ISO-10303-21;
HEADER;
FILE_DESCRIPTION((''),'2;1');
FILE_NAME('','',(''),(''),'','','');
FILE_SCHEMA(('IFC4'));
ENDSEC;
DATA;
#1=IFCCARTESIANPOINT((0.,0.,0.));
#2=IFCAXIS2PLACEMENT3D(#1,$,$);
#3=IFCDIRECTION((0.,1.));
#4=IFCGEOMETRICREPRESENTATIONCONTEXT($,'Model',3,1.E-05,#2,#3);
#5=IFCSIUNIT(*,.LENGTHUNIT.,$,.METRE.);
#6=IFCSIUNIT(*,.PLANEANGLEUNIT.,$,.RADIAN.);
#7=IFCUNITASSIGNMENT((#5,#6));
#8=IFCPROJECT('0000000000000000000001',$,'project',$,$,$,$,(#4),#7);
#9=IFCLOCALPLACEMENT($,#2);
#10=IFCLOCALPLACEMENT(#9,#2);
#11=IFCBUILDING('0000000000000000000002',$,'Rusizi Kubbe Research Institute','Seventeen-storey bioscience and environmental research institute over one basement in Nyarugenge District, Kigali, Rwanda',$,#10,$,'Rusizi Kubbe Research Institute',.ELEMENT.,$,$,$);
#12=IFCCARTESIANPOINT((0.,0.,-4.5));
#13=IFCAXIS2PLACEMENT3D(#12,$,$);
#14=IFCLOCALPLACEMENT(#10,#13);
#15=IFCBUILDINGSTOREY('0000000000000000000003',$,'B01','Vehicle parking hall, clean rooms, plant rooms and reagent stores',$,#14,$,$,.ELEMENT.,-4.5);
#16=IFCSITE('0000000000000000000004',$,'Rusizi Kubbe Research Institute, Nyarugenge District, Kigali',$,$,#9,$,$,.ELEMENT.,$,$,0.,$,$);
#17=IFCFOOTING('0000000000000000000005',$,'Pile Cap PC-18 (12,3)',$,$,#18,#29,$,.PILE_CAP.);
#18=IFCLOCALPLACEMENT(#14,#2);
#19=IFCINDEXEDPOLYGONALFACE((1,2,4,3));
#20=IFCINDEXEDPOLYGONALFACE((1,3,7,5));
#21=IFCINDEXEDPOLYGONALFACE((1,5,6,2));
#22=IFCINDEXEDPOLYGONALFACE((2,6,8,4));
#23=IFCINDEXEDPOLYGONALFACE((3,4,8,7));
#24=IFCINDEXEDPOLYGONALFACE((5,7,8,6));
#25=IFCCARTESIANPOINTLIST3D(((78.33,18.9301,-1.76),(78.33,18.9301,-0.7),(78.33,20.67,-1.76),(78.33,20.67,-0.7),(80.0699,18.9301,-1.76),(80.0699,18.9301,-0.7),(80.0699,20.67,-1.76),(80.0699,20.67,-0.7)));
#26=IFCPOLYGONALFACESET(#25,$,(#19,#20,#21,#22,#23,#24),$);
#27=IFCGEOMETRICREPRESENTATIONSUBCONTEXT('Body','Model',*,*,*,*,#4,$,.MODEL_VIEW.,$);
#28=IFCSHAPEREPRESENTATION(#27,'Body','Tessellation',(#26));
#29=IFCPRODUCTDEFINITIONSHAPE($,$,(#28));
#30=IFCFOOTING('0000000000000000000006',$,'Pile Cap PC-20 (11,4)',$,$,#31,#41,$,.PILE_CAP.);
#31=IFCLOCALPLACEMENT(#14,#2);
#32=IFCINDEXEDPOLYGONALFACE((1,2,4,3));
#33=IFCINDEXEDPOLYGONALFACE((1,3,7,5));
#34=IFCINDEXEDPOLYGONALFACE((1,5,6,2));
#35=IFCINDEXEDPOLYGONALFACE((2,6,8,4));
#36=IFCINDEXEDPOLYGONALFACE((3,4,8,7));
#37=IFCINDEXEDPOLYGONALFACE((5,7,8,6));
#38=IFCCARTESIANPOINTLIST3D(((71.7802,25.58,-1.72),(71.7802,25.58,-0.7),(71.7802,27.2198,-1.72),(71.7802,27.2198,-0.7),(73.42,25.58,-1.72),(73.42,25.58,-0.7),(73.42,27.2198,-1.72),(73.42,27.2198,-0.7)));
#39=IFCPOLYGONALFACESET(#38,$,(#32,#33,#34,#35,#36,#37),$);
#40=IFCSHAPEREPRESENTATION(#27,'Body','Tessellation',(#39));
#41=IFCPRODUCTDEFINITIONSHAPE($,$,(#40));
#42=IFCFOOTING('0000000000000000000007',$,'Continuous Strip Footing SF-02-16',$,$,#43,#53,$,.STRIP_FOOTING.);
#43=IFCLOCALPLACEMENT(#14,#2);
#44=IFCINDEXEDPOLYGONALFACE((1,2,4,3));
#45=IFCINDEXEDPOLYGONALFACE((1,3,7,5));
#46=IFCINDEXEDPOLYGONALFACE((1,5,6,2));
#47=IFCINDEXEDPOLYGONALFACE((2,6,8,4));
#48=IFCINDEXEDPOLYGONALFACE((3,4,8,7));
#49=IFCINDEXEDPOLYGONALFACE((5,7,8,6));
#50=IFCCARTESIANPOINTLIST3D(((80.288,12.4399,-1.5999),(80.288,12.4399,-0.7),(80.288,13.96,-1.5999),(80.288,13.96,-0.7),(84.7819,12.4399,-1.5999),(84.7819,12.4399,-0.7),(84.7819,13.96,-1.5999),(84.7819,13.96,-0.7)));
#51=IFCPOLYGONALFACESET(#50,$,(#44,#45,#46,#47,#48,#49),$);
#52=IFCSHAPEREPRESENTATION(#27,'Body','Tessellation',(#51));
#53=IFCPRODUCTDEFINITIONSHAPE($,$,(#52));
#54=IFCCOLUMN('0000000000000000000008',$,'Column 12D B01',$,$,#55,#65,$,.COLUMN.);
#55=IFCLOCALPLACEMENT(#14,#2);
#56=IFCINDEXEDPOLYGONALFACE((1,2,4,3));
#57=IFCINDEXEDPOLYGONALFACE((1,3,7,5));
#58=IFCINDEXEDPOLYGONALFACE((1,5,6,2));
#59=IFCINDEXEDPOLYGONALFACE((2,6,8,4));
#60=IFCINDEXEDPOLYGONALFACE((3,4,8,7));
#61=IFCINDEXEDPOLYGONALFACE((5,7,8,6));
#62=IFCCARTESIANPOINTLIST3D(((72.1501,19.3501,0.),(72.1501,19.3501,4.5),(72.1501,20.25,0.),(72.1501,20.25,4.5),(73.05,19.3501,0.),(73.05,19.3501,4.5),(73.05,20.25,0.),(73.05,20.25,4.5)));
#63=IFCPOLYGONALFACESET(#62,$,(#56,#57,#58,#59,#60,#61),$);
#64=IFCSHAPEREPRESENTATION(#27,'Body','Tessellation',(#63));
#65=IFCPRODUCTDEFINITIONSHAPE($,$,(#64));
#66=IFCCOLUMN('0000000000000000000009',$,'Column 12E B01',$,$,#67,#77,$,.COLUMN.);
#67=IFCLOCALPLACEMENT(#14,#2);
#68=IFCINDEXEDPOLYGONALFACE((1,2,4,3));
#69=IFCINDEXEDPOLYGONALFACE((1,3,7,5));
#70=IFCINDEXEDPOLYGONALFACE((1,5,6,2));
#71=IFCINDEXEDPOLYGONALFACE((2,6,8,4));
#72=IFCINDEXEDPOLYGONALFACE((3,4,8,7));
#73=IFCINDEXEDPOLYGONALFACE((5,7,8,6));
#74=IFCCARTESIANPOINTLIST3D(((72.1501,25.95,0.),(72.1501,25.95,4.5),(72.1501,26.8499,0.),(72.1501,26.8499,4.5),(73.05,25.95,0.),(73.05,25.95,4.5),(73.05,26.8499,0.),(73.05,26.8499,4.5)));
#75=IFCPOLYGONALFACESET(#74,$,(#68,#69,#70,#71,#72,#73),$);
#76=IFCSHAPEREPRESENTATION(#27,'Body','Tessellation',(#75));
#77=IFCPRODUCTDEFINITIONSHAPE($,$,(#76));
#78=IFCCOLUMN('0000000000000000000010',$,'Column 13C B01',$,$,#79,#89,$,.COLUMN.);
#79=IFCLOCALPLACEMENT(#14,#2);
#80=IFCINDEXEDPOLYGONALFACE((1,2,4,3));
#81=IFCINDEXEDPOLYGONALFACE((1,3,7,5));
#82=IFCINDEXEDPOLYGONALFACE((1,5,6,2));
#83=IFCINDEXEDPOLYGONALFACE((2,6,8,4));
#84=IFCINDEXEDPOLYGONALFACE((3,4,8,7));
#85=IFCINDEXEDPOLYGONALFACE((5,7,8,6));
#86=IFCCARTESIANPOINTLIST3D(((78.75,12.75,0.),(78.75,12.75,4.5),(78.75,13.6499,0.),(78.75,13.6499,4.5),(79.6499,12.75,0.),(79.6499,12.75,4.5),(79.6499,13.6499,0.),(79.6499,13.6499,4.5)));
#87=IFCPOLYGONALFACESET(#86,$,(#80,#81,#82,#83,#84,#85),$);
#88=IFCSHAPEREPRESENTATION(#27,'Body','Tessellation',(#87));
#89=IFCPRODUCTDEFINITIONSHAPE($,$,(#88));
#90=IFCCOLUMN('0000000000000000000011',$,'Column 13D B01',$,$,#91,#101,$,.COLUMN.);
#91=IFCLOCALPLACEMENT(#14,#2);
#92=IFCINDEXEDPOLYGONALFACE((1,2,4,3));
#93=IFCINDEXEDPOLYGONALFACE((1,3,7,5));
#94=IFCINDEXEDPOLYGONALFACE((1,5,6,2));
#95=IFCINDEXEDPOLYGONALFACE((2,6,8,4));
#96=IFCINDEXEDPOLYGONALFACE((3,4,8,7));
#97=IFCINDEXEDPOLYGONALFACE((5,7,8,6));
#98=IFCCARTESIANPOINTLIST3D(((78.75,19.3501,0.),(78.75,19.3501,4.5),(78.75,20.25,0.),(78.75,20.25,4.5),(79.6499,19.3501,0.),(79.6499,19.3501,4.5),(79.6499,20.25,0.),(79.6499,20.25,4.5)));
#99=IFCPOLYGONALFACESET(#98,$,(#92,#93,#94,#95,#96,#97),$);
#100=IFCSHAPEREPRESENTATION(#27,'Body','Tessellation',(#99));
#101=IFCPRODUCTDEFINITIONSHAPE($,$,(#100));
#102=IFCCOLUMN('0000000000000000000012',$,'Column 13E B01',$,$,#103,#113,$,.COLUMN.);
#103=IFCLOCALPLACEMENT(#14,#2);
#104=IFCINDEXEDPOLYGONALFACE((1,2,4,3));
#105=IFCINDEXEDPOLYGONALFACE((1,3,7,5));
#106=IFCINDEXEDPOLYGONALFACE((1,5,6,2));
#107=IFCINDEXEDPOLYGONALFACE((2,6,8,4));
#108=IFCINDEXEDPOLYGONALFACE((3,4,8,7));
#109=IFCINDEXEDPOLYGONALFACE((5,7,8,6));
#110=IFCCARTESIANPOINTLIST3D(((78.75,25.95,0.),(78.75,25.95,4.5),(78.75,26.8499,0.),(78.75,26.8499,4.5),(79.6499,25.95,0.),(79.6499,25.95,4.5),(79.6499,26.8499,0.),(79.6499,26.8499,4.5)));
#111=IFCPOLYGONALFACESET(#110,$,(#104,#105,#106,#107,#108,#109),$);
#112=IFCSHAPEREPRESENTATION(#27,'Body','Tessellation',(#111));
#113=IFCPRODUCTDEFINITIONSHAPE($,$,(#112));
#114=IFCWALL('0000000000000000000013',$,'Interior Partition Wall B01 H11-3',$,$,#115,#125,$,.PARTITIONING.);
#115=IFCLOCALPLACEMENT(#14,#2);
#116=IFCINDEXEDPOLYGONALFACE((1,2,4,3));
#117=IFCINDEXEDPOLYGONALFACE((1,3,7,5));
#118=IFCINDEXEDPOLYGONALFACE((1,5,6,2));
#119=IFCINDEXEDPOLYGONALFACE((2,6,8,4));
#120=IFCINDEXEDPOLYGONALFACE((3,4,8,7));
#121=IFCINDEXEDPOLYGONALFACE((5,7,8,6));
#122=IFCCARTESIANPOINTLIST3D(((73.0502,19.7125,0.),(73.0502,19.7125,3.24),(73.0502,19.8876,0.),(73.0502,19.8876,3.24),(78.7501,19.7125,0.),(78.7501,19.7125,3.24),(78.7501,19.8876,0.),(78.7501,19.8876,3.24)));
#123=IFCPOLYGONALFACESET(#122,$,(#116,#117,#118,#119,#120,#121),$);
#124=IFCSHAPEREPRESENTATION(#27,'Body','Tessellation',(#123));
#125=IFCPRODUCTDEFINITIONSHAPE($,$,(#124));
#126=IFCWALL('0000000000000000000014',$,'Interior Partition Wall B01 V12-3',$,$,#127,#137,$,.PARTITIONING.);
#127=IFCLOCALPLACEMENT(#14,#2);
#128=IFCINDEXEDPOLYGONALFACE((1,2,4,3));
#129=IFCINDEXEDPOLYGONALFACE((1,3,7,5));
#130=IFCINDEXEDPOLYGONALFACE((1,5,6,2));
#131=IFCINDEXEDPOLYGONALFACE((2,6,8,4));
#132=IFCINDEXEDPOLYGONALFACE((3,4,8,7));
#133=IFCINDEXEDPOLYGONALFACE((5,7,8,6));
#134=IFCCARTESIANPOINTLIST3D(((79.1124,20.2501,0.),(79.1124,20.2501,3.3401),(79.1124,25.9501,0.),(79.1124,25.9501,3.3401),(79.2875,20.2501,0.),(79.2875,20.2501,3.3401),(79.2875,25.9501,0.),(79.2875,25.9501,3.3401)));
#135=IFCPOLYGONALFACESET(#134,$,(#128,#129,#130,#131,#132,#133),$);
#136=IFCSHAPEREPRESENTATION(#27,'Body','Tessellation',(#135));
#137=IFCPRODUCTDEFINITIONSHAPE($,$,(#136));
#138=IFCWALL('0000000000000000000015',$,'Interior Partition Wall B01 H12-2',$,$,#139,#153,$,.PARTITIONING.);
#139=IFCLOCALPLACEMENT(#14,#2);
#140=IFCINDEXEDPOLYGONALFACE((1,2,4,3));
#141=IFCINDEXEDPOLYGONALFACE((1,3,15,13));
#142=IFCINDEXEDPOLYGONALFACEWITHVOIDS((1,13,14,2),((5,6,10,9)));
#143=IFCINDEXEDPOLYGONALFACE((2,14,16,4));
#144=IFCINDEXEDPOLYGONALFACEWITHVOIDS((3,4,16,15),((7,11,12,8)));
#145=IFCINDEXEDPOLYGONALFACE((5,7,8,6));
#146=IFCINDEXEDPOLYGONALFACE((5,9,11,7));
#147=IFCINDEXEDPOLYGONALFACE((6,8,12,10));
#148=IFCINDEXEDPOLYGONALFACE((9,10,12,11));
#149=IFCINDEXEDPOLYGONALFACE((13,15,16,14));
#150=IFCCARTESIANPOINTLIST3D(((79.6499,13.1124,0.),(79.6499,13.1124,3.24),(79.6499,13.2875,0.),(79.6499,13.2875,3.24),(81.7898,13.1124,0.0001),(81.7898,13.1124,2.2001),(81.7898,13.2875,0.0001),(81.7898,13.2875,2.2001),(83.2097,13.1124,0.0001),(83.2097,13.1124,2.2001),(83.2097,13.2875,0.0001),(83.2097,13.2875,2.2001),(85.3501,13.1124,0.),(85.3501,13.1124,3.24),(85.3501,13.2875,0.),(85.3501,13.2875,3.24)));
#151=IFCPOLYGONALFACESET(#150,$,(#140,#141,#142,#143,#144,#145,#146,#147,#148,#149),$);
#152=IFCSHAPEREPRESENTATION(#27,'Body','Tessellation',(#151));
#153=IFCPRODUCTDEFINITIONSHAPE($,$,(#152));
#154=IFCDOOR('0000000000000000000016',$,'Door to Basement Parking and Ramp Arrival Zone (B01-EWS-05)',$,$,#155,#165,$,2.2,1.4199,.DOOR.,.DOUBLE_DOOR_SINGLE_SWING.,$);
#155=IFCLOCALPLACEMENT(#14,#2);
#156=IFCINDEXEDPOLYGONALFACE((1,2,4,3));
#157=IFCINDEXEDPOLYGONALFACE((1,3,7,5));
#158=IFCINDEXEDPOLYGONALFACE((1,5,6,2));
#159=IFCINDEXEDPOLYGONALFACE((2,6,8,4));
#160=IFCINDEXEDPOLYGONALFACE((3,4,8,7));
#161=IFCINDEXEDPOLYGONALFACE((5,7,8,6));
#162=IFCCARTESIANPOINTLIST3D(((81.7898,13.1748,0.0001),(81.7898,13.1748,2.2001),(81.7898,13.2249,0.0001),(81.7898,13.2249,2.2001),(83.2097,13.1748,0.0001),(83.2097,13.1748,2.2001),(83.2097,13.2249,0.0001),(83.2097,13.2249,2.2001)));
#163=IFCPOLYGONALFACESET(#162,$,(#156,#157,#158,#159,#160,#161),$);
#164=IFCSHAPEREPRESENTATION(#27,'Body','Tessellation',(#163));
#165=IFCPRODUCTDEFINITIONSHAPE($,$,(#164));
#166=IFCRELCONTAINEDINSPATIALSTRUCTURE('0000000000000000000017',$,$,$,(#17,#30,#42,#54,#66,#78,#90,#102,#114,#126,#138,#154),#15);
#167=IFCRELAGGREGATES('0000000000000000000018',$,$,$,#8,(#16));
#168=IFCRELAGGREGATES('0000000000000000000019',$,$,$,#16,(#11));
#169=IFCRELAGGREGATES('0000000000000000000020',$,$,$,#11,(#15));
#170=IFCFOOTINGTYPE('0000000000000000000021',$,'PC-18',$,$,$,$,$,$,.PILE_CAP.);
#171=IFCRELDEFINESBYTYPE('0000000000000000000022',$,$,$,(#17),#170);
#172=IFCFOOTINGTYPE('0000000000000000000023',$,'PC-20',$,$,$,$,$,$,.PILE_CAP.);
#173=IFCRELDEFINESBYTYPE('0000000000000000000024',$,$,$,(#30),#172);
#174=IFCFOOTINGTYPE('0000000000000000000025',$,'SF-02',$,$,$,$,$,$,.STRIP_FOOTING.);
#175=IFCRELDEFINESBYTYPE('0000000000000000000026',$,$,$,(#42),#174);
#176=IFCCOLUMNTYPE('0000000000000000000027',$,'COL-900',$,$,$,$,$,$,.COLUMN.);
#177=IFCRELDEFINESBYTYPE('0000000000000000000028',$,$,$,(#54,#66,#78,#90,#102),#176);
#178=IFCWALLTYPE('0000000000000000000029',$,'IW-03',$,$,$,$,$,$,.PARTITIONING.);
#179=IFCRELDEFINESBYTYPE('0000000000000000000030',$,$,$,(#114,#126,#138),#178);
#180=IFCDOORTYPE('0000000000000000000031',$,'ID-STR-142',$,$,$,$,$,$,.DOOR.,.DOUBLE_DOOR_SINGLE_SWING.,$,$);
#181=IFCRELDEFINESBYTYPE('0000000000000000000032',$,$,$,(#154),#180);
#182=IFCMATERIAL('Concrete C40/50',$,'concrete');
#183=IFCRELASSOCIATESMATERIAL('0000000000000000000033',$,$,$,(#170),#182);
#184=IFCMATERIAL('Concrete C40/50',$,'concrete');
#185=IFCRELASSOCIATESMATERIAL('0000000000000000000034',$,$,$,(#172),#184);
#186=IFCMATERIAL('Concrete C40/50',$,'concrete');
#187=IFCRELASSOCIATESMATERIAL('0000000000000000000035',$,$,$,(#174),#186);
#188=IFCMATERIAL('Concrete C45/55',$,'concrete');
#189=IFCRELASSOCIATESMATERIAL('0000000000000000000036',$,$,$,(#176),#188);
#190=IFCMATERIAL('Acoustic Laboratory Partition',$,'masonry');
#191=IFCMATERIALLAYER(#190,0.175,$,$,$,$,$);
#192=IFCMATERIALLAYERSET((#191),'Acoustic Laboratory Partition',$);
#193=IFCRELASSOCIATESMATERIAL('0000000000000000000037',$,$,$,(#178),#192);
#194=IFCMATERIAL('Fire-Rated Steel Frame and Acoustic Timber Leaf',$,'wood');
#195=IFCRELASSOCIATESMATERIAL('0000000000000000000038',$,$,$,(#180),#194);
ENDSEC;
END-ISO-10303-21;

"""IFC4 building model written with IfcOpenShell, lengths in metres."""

from ifc_helpers import new_model, si_unit, direction, frame, frame_2d, origin, origin_2d, place, context, subcontext, project, spatial, rectangle, extrude, material, layer, layer_set, material_profile, profile_set, type_object, element, fill, save


model = new_model("IFC4")

# Units and contexts
model_context = context("Model", 3, precision=1e-05, world=origin(), true_north=direction((0.0, 1.0)))
body_context = subcontext(model_context, "Body", "Model", "MODEL_VIEW")
ifc_project = project(units=[si_unit("LENGTHUNIT", "METRE"), si_unit("PLANEANGLEUNIT", "RADIAN")], contexts=[model_context])

# Site, building, storey
site_placement = place(None, origin())
site = spatial("IfcSite", under=ifc_project, at=site_placement, Name="Rusizi Kubbe Research Institute, Nyarugenge District, Kigali", CompositionType="ELEMENT", RefElevation=0.0)
building_placement = place(site_placement, origin())
building = spatial("IfcBuilding", under=site, at=building_placement, Name="Rusizi Kubbe Research Institute", Description="Seventeen-storey bioscience and environmental research institute over one basement in Nyarugenge District, Kigali, Rwanda", LongName="Rusizi Kubbe Research Institute", CompositionType="ELEMENT")
storey_placement = place(building_placement, frame((0.0, 0.0, -4.5)))
storey = spatial("IfcBuildingStorey", under=building, at=storey_placement, Name="B01", Description="Vehicle parking hall, clean rooms, plant rooms and reagent stores", CompositionType="ELEMENT", Elevation=-4.5)

# Footings
ifc_material_1 = material(Name="Concrete C40/50", Category="concrete")
footing_type_1 = type_object("IfcFootingType", Name="PC-18", PredefinedType="PILE_CAP", material=ifc_material_1)
footing_1_placement = place(storey_placement, frame((79.2, 19.8, -1.76), z_axis=(0.0, 0.0, 1.0), x_axis=(1.0, 0.0, 0.0)))
element("IfcFooting", 1, at=footing_1_placement, inside=storey, type_object=footing_type_1, Name="Pile Cap PC-18 (12,3)", PredefinedType="PILE_CAP", context=body_context, shape_type="SweptSolid", body=[
    extrude(rectangle(XDim=1.74, YDim=1.74, at=origin_2d()), origin(), (0.0, 0.0, 1.0), 1.0601),
])
ifc_material_2 = material(Name="Concrete C40/50", Category="concrete")
footing_type_2 = type_object("IfcFootingType", Name="PC-20", PredefinedType="PILE_CAP", material=ifc_material_2)
footing_2_placement = place(storey_placement, frame((72.6001, 26.3999, -1.72), z_axis=(0.0, 0.0, 1.0), x_axis=(1.0, 0.0, 0.0)))
element("IfcFooting", 2, at=footing_2_placement, inside=storey, type_object=footing_type_2, Name="Pile Cap PC-20 (11,4)", PredefinedType="PILE_CAP", context=body_context, shape_type="SweptSolid", body=[
    extrude(rectangle(XDim=1.6399, YDim=1.6399, at=origin_2d()), origin(), (0.0, 0.0, 1.0), 1.02),
])
ifc_material_3 = material(Name="Concrete C40/50", Category="concrete")
footing_type_3 = type_object("IfcFootingType", Name="SF-02", PredefinedType="STRIP_FOOTING", material=ifc_material_3)
footing_3_placement = place(storey_placement, frame((82.5349, 13.2, -1.5999), z_axis=(0.0, 0.0, 1.0), x_axis=(1.0, 0.0, 0.0)))
element("IfcFooting", 3, at=footing_3_placement, inside=storey, type_object=footing_type_3, Name="Continuous Strip Footing SF-02-16", PredefinedType="STRIP_FOOTING", context=body_context, shape_type="SweptSolid", body=[
    extrude(rectangle(XDim=4.4939, YDim=1.52, at=origin_2d()), origin(), (0.0, 0.0, 1.0), 0.8999),
])

# Columns
ifc_material_4 = material(Name="Concrete C45/55", Category="concrete")
ifc_material_profile_1 = material_profile(ifc_material_4, rectangle(XDim=0.8999, YDim=0.8999, at=origin_2d()), Name="RC900x900")
ifc_profile_set_1 = profile_set([ifc_material_profile_1], Name="Concrete C45/55")
column_type = type_object("IfcColumnType", Name="COL-900", PredefinedType="COLUMN", material=ifc_profile_set_1)
for number, where, z_axis, x_axis, name in (
    (4, (72.6001, 19.8, 0.0), (0.0, 0.0, 1.0), (1.0, 0.0, 0.0), "Column 12D B01"),
    (5, (72.6001, 26.3999, 0.0), (0.0, 0.0, 1.0), (1.0, 0.0, 0.0), "Column 12E B01"),
    (6, (79.2, 13.2, 0.0), (0.0, 0.0, 1.0), (1.0, 0.0, 0.0), "Column 13C B01"),
    (7, (79.2, 19.8, 0.0), (0.0, 0.0, 1.0), (1.0, 0.0, 0.0), "Column 13D B01"),
    (8, (79.2, 26.3999, 0.0), (0.0, 0.0, 1.0), (1.0, 0.0, 0.0), "Column 13E B01"),
):
    element("IfcColumn", number, at=place(storey_placement, frame(where, z_axis=z_axis, x_axis=x_axis)), inside=storey, type_object=column_type, Name=name, PredefinedType="COLUMN", context=body_context, shape_type="SweptSolid", body=[
        extrude(rectangle(XDim=0.8999, YDim=0.8999, at=origin_2d()), origin(), (0.0, 0.0, 1.0), 4.5),
    ])

# Walls
ifc_material_5 = material(Name="Acoustic Laboratory Partition", Category="masonry")
ifc_layer_1 = layer(ifc_material_5, 0.175)
ifc_layer_set_1 = layer_set([ifc_layer_1], Name="Acoustic Laboratory Partition")
wall_type_1 = type_object("IfcWallType", Name="IW-03", PredefinedType="PARTITIONING", material=ifc_layer_set_1)
wall_1_placement = place(storey_placement, frame((73.05, 19.8, 0.0), z_axis=(0.0, 0.0, 1.0), x_axis=(1.0, 0.0, 0.0)))
element("IfcWall", 9, at=wall_1_placement, inside=storey, type_object=wall_type_1, Name="Interior Partition Wall B01 H11-3", PredefinedType="PARTITIONING", context=body_context, shape_type="SweptSolid", body=[
    extrude(rectangle(XDim=5.7, YDim=0.175, at=frame_2d((2.8501, 0.0))), origin(), (0.0, 0.0, 1.0), 3.24),
])
wall_2_placement = place(storey_placement, frame((79.2, 20.25, 0.0), z_axis=(0.0, 0.0, 1.0), x_axis=(0.0, 1.0, 0.0)))
element("IfcWall", 10, at=wall_2_placement, inside=storey, type_object=wall_type_1, Name="Interior Partition Wall B01 V12-3", PredefinedType="PARTITIONING", context=body_context, shape_type="SweptSolid", body=[
    extrude(rectangle(XDim=5.7, YDim=0.175, at=frame_2d((2.8501, 0.0))), origin(), (0.0, 0.0, 1.0), 3.3401),
])

# Wall, opening, door
wall_3_placement = place(storey_placement, frame((79.6499, 13.2, 0.0), z_axis=(0.0, 0.0, 1.0), x_axis=(1.0, 0.0, 0.0)))
wall_3 = element("IfcWall", 11, at=wall_3_placement, inside=storey, type_object=wall_type_1, Name="Interior Partition Wall B01 H12-2", PredefinedType="PARTITIONING", context=body_context, shape_type="SweptSolid", body=[
    extrude(rectangle(XDim=5.7002, YDim=0.175, at=frame_2d((2.8501, 0.0))), origin(), (0.0, 0.0, 1.0), 3.24),
])
opening_1_placement = place(wall_3_placement, frame((2.1399, 0.0, 0.0)))
opening_1 = element("IfcOpeningElement", 12, at=opening_1_placement, cuts=wall_3, PredefinedType="OPENING", context=body_context, shape_type="SweptSolid", body=[
    extrude(rectangle(XDim=1.4199, YDim=2.2, at=frame_2d((0.71, 1.1001))), frame((0.0, 0.0974, 0.0), z_axis=(0.0, -1.0, 0.0), x_axis=(1.0, 0.0, 0.0)), (0.0, 0.0, 1.0), 0.1951),
])
ifc_material_6 = material(Name="Fire-Rated Steel Frame and Acoustic Timber Leaf", Category="wood")
door_type_1 = type_object("IfcDoorType", Name="ID-STR-142", OperationType="DOUBLE_DOOR_SINGLE_SWING", PredefinedType="DOOR", material=ifc_material_6)
door_1_placement = place(opening_1_placement, origin())
door_1 = element("IfcDoor", 13, at=door_1_placement, inside=storey, type_object=door_type_1, Name="Door to Basement Parking and Ramp Arrival Zone (B01-EWS-05)", OperationType="DOUBLE_DOOR_SINGLE_SWING", OverallHeight=2.2, OverallWidth=1.4199, PredefinedType="DOOR", context=body_context, shape_type="SweptSolid", body=[
    extrude(rectangle(XDim=1.4199, YDim=2.2, at=frame_2d((0.71, 1.1001))), frame((0.0, 0.0249, 0.0), z_axis=(0.0, -1.0, 0.0), x_axis=(1.0, 0.0, 0.0)), (0.0, 0.0, 1.0), 0.05),
])
fill(opening_1, door_1)

save(model, "model.ifc")
